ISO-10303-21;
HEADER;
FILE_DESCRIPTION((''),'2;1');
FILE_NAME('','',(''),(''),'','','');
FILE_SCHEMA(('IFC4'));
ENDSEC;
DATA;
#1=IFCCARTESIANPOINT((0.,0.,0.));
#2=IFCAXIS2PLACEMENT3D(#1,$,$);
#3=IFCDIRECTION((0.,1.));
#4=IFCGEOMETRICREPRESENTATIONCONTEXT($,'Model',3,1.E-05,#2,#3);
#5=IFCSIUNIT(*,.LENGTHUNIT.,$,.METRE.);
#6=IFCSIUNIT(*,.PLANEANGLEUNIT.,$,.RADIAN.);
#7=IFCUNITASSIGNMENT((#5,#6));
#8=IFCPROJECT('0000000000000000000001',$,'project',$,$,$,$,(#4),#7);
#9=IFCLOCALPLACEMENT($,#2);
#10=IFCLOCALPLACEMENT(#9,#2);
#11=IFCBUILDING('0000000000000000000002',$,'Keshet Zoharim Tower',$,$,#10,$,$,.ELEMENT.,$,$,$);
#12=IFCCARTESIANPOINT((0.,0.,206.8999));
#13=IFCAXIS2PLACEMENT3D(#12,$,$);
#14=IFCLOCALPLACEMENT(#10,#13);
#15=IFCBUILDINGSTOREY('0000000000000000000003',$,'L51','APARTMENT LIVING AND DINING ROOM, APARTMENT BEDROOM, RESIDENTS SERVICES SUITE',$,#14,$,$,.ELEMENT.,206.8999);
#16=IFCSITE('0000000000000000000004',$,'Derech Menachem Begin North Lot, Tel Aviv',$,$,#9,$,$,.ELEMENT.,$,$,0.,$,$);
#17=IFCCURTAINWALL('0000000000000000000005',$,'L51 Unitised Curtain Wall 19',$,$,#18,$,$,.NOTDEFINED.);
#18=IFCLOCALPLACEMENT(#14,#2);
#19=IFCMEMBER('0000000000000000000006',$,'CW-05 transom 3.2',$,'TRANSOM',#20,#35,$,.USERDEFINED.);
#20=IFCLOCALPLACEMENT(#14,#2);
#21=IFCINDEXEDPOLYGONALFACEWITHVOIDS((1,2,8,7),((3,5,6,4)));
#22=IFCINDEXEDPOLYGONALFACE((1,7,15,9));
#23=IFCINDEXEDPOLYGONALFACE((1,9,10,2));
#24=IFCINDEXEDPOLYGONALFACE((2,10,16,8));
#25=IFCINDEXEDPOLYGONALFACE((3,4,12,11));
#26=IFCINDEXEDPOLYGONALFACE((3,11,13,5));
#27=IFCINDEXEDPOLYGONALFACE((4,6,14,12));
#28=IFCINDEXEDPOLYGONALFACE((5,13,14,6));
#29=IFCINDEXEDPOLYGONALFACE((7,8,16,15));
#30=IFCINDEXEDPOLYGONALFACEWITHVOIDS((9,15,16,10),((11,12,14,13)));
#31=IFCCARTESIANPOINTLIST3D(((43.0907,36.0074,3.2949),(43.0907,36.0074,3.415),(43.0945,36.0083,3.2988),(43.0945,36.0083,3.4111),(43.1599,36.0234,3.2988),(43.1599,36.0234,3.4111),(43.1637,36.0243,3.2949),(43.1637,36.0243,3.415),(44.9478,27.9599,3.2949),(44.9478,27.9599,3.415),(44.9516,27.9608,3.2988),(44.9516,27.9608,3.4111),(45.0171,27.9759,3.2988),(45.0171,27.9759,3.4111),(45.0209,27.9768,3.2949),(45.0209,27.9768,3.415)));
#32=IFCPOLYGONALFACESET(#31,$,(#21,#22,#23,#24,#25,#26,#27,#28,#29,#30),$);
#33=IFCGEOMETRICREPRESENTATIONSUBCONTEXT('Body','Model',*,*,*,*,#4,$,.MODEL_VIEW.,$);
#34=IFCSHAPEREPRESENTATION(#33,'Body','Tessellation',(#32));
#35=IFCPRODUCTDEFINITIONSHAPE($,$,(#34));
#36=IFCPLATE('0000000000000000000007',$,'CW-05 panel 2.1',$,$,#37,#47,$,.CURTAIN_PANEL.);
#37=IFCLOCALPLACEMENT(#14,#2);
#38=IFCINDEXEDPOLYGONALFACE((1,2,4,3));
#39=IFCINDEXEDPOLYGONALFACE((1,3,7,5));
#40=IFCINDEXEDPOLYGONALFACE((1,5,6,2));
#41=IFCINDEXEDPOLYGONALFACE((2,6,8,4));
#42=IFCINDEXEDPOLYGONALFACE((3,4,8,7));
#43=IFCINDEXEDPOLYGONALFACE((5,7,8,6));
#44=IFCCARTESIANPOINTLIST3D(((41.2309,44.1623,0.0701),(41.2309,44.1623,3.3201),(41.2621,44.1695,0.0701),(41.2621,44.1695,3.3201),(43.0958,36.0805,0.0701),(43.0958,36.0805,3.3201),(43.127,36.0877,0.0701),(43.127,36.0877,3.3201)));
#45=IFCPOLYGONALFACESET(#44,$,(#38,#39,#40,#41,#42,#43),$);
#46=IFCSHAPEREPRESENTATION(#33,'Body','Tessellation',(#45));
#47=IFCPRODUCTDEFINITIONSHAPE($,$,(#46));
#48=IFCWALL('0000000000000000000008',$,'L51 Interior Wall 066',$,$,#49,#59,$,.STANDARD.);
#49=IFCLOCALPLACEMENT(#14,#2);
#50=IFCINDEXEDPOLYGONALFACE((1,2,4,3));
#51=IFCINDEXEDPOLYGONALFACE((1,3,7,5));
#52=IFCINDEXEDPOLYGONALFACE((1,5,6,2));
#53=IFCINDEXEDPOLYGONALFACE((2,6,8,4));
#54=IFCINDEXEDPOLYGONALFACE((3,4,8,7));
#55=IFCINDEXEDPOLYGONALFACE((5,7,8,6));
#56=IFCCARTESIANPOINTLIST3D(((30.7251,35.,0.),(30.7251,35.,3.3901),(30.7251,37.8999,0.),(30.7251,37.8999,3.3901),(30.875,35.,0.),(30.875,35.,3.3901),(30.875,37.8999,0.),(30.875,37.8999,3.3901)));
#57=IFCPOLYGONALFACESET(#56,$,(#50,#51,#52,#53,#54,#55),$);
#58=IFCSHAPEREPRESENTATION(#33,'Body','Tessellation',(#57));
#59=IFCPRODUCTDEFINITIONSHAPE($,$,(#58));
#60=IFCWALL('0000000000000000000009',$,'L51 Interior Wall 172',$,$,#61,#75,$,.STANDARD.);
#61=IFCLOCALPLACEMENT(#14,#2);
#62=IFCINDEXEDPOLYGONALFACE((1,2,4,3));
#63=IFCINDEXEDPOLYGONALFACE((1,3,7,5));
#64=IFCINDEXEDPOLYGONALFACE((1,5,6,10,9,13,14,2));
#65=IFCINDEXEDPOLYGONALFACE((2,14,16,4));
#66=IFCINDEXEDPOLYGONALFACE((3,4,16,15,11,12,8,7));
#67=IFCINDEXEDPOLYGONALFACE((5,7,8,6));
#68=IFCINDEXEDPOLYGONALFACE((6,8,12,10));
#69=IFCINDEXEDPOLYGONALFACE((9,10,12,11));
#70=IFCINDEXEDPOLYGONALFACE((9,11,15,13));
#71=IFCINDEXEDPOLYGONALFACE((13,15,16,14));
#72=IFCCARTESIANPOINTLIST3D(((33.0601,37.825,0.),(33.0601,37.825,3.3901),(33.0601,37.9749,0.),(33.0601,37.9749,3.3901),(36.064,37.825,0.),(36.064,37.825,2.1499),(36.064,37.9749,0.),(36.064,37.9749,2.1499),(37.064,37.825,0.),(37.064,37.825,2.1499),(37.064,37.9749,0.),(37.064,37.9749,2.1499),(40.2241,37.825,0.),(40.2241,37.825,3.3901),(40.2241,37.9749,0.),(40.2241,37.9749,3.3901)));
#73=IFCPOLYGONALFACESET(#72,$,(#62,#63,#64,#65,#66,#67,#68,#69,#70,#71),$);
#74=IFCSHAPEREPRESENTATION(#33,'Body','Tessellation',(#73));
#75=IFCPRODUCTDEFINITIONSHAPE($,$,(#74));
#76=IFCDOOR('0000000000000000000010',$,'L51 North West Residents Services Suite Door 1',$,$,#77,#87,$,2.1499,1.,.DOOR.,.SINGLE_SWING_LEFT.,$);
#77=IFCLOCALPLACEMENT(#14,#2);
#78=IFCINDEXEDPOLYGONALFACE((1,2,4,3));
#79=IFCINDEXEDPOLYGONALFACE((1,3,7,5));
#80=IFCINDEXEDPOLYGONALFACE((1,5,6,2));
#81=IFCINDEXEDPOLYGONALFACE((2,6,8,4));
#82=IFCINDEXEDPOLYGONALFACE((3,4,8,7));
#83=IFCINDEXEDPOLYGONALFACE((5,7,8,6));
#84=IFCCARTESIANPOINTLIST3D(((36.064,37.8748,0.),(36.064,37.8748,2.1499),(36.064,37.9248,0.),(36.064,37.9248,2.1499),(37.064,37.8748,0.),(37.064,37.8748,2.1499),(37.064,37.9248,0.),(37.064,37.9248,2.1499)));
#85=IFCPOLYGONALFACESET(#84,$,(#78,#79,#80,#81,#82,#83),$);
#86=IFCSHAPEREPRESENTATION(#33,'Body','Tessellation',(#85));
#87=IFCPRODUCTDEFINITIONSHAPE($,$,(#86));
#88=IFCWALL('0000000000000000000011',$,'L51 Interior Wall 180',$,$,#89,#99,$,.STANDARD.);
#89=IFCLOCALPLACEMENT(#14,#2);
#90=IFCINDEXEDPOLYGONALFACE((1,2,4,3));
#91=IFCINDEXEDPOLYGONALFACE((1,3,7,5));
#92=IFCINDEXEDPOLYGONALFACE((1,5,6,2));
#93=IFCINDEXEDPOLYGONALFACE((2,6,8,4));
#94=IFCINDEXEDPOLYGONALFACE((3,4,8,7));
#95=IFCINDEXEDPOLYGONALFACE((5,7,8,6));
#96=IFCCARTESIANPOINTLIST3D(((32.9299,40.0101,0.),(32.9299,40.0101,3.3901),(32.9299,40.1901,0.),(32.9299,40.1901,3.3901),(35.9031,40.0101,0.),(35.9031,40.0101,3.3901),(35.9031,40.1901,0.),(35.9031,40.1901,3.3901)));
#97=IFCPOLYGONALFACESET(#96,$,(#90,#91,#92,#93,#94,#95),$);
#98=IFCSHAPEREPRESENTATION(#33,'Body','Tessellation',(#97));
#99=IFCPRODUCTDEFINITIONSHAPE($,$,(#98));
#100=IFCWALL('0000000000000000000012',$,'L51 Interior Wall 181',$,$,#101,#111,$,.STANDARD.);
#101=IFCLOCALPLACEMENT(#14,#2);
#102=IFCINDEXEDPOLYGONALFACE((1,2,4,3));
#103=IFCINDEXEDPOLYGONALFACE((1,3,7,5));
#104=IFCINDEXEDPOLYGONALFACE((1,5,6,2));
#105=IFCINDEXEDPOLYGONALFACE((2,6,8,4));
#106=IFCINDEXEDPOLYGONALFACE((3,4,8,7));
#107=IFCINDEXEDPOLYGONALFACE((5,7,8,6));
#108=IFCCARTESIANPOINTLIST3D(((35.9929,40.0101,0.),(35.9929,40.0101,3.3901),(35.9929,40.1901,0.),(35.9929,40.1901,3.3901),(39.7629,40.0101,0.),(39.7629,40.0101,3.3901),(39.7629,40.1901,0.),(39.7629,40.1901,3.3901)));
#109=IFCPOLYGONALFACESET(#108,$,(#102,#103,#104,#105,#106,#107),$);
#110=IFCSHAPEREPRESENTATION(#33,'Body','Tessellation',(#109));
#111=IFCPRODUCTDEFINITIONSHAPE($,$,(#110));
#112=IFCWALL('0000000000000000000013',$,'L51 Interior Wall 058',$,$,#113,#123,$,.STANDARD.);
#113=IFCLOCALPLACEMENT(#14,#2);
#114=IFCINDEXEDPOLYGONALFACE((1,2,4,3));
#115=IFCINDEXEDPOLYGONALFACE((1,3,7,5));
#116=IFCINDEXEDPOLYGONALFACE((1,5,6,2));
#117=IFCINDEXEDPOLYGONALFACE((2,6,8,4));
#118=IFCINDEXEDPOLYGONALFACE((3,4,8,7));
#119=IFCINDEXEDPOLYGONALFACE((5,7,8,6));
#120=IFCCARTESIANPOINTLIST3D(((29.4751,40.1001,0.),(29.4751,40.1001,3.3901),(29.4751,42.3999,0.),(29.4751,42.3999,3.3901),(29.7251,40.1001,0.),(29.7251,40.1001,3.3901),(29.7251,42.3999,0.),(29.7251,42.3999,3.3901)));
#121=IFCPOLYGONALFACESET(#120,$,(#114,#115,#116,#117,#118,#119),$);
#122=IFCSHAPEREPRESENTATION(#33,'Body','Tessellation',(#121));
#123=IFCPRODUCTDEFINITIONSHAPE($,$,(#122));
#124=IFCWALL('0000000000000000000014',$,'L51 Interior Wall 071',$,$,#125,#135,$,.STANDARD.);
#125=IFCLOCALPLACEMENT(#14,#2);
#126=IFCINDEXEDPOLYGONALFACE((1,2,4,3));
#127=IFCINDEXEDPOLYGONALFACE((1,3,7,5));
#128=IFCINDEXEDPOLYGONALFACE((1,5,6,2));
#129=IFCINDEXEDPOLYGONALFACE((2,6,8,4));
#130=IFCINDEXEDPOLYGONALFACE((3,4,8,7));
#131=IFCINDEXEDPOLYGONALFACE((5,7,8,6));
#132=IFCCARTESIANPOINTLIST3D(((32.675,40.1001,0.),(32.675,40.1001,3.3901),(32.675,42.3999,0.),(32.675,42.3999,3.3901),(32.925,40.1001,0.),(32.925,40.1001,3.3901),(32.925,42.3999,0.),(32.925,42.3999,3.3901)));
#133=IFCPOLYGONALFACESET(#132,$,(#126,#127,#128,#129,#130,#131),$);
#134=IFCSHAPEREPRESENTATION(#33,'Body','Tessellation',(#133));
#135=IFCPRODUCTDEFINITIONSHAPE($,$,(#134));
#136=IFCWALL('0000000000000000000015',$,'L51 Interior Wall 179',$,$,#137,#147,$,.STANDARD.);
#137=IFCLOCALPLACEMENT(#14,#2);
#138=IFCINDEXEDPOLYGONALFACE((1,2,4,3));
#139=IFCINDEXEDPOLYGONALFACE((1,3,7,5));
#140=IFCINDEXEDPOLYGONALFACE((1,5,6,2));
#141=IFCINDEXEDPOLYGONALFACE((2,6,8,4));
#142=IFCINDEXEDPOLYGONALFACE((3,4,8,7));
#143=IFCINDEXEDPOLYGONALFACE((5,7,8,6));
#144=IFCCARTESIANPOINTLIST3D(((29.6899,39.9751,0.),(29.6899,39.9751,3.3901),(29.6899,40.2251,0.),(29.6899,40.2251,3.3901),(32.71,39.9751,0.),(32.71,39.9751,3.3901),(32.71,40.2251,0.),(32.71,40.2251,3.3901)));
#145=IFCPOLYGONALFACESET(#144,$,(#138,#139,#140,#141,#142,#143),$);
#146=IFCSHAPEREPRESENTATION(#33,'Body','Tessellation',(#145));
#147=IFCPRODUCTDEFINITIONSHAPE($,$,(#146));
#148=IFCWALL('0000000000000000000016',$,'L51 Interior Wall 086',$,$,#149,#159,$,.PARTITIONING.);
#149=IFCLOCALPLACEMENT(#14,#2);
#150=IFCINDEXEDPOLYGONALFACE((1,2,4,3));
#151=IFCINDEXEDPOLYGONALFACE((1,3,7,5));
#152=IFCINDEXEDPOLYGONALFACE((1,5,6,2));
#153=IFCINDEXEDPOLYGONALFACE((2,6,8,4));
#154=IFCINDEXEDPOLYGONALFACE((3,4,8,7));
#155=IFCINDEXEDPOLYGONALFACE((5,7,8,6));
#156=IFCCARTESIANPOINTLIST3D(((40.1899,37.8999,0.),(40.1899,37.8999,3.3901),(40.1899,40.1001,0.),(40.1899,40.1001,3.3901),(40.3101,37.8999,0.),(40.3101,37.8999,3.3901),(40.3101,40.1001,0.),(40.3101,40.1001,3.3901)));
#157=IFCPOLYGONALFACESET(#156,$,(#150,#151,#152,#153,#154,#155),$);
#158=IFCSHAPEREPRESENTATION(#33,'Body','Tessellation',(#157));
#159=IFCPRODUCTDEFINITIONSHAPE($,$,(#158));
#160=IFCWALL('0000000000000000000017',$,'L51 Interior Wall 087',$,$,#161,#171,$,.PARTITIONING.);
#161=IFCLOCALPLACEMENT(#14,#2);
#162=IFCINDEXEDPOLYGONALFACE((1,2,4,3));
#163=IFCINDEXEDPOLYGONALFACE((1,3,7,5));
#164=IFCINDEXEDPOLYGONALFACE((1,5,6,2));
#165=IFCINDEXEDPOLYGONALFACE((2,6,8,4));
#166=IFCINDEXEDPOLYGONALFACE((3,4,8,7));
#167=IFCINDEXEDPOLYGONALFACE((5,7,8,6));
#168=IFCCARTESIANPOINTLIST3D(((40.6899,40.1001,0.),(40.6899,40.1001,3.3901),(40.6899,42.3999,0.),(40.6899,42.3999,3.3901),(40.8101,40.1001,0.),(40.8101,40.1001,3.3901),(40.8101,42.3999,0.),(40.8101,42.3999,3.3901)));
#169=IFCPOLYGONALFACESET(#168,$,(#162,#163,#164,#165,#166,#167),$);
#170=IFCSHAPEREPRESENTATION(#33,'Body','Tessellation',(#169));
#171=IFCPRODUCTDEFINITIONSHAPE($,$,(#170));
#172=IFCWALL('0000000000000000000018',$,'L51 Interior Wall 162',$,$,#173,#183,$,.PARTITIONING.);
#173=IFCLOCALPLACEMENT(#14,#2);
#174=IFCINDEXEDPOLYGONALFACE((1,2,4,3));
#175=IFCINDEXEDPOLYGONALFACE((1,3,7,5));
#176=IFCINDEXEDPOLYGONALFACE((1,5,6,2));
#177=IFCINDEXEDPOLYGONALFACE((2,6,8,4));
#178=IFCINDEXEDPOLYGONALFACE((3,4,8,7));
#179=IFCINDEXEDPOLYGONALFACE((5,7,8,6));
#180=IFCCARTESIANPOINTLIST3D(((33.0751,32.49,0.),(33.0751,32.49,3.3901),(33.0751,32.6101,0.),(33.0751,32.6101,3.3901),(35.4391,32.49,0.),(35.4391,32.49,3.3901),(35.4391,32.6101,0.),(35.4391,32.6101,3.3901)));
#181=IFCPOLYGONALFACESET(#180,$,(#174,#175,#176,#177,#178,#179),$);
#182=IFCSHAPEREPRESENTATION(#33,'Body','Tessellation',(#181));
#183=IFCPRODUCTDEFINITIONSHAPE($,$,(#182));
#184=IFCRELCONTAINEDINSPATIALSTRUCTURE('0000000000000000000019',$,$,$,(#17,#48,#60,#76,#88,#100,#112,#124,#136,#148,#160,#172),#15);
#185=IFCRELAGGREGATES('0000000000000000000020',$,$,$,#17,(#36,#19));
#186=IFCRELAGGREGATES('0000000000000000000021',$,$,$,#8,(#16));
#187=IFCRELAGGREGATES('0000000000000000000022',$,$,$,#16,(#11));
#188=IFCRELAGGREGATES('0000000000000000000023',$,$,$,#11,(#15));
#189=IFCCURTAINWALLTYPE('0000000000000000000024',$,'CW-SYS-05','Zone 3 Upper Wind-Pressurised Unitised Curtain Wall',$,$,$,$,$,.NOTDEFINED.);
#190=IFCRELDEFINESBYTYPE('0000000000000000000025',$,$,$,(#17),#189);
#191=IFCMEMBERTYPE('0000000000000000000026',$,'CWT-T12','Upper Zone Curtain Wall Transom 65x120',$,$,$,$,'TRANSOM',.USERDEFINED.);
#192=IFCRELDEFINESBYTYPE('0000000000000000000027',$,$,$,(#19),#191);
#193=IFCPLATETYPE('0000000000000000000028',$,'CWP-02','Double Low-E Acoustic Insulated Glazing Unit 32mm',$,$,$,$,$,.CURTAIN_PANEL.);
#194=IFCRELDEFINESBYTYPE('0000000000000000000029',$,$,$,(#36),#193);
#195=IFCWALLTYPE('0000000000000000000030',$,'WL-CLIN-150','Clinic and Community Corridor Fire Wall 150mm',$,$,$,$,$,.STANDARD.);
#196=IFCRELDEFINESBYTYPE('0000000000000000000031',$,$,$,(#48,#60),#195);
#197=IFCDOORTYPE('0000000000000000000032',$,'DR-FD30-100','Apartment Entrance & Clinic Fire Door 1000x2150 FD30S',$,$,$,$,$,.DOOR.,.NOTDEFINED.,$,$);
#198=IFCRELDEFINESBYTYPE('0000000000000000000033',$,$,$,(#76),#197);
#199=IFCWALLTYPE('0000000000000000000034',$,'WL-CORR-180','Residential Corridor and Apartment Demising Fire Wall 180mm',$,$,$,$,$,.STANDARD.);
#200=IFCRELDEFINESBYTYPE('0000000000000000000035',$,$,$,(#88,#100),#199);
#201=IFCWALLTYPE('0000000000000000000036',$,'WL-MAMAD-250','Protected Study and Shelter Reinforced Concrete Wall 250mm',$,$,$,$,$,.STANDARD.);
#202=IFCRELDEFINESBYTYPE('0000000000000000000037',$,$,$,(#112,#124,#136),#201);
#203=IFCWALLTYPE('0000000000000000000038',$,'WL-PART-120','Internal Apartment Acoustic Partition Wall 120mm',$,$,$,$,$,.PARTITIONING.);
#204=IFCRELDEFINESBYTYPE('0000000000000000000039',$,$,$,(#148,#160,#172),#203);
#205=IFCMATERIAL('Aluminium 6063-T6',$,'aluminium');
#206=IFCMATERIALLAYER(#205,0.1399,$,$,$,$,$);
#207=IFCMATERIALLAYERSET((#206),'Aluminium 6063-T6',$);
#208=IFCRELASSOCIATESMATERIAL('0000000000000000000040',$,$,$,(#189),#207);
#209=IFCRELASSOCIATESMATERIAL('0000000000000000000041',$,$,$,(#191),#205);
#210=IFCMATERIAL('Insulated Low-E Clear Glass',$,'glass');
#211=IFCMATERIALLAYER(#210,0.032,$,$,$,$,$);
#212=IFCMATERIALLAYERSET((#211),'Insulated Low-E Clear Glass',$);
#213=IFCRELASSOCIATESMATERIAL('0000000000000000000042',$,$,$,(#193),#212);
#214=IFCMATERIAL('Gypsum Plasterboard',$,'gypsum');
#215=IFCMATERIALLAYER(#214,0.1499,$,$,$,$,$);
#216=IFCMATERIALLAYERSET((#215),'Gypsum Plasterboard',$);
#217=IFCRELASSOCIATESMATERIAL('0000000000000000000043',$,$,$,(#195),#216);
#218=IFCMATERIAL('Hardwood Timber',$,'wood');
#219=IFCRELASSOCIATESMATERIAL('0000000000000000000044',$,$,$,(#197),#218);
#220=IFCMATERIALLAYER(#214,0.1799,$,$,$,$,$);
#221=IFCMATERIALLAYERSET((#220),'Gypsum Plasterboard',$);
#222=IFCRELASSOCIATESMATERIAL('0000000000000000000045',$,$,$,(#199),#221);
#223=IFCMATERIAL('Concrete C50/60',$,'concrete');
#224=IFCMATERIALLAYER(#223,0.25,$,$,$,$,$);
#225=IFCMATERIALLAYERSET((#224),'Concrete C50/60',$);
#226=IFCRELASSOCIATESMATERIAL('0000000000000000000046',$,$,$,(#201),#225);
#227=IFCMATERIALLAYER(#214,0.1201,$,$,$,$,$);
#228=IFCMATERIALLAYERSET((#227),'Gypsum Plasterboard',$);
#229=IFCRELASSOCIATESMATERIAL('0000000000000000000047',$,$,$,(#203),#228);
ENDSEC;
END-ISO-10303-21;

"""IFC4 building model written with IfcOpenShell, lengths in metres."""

from ifc_helpers import new_model, si_unit, direction, frame, frame_2d, origin, origin_2d, place, context, subcontext, project, spatial, rectangle, hollow_rectangle, extrude, material, layer, layer_set, material_profile, profile_set, type_object, element, fill, aggregate, save


model = new_model("IFC4")

# Units and contexts
model_context = context("Model", 3, precision=1e-05, world=origin(), true_north=direction((0.0, 1.0)))
body_context = subcontext(model_context, "Body", "Model", "MODEL_VIEW")
ifc_project = project(units=[si_unit("LENGTHUNIT", "METRE"), si_unit("PLANEANGLEUNIT", "RADIAN")], contexts=[model_context])

# Site, building, storey
site_placement = place(None, origin())
site = spatial("IfcSite", under=ifc_project, at=site_placement, Name="Derech Menachem Begin North Lot, Tel Aviv", CompositionType="ELEMENT", RefElevation=0.0)
building_placement = place(site_placement, origin())
building = spatial("IfcBuilding", under=site, at=building_placement, Name="Keshet Zoharim Tower", CompositionType="ELEMENT")
storey_placement = place(building_placement, frame((0.0, 0.0, 206.8999)))
storey = spatial("IfcBuildingStorey", under=building, at=storey_placement, Name="L51", Description="APARTMENT LIVING AND DINING ROOM, APARTMENT BEDROOM, RESIDENTS SERVICES SUITE", CompositionType="ELEMENT", Elevation=206.8999)

# Shared definitions
ifc_material_1 = material(Name="Concrete C50/60", Category="concrete")

# Curtain wall, member, plate
ifc_material_2 = material(Name="Aluminium 6063-T6", Category="aluminium")
ifc_layer_1 = layer(ifc_material_2, 0.1399)
ifc_layer_set_1 = layer_set([ifc_layer_1], Name="Aluminium 6063-T6")
curtain_wall_type = type_object("IfcCurtainWallType", Name="CW-SYS-05", Description="Zone 3 Upper Wind-Pressurised Unitised Curtain Wall", PredefinedType="NOTDEFINED", material=ifc_layer_set_1)
curtain_wall_placement = place(storey_placement, origin())
curtain_wall = element("IfcCurtainWall", 1, at=curtain_wall_placement, inside=storey, type_object=curtain_wall_type, Name="L51 Unitised Curtain Wall 19", PredefinedType="NOTDEFINED")
ifc_material_profile_1 = material_profile(ifc_material_2, hollow_rectangle(XDim=0.075, YDim=0.1201, WallThickness=0.0039, at=origin_2d()), Name="TRN-75x120")
ifc_profile_set_1 = profile_set([ifc_material_profile_1], Name="Aluminium 6063-T6")
member_type_1 = type_object("IfcMemberType", Name="CWT-T12", Description="Upper Zone Curtain Wall Transom 65x120", ElementType="TRANSOM", PredefinedType="USERDEFINED", material=ifc_profile_set_1)
member_1_placement = place(storey_placement, frame((43.1272, 36.0159, 3.355), z_axis=(0.224864, -0.97439, 0.0), x_axis=(0.97439, 0.224864, 0.0)))
member_1 = element("IfcMember", 2, at=member_1_placement, type_object=member_type_1, Name="CW-05 transom 3.2", ObjectType="TRANSOM", PredefinedType="USERDEFINED", context=body_context, shape_type="SweptSolid", body=[
    extrude(hollow_rectangle(XDim=0.075, YDim=0.1201, WallThickness=0.0039, at=origin_2d()), origin(), (0.0, 0.0, 1.0), 8.259),
])
ifc_material_3 = material(Name="Insulated Low-E Clear Glass", Category="glass")
ifc_layer_2 = layer(ifc_material_3, 0.032)
ifc_layer_set_2 = layer_set([ifc_layer_2], Name="Insulated Low-E Clear Glass")
plate_type = type_object("IfcPlateType", Name="CWP-02", Description="Double Low-E Acoustic Insulated Glazing Unit 32mm", PredefinedType="CURTAIN_PANEL", material=ifc_layer_set_2)
plate_placement = place(storey_placement, frame((42.179, 40.125, 0.0701), z_axis=(0.0, 0.0, 1.0), x_axis=(0.224848, -0.974394, 0.0)))
plate = element("IfcPlate", 3, at=plate_placement, type_object=plate_type, Name="CW-05 panel 2.1", PredefinedType="CURTAIN_PANEL", context=body_context, shape_type="SweptSolid", body=[
    extrude(rectangle(XDim=8.2942, YDim=0.032, at=origin_2d()), origin(), (0.0, 0.0, 1.0), 3.25),
])
aggregate(curtain_wall, [plate, member_1])

# Wall
ifc_material_4 = material(Name="Gypsum Plasterboard", Category="gypsum")
ifc_layer_3 = layer(ifc_material_4, 0.1499)
ifc_layer_set_3 = layer_set([ifc_layer_3], Name="Gypsum Plasterboard")
wall_type_1 = type_object("IfcWallType", Name="WL-CLIN-150", Description="Clinic and Community Corridor Fire Wall 150mm", PredefinedType="STANDARD", material=ifc_layer_set_3)
wall_1_placement = place(storey_placement, frame((30.8, 35.0, 0.0), z_axis=(0.0, 0.0, 1.0), x_axis=(0.0, 1.0, 0.0)))
element("IfcWall", 4, at=wall_1_placement, inside=storey, type_object=wall_type_1, Name="L51 Interior Wall 066", PredefinedType="STANDARD", context=body_context, shape_type="SweptSolid", body=[
    extrude(rectangle(XDim=2.8999, YDim=0.1499, at=frame_2d((1.45, 0.0))), origin(), (0.0, 0.0, 1.0), 3.3901),
])

# Wall, opening, door
wall_2_placement = place(storey_placement, frame((33.0601, 37.8999, 0.0), z_axis=(0.0, 0.0, 1.0), x_axis=(1.0, 0.0, 0.0)))
wall_2 = element("IfcWall", 5, at=wall_2_placement, inside=storey, type_object=wall_type_1, Name="L51 Interior Wall 172", PredefinedType="STANDARD", context=body_context, shape_type="SweptSolid", body=[
    extrude(rectangle(XDim=7.1641, YDim=0.1499, at=frame_2d((3.582, 0.0))), origin(), (0.0, 0.0, 1.0), 3.3901),
])
opening_1_placement = place(wall_2_placement, frame((3.0039, 0.0, 0.0)))
opening_1 = element("IfcOpeningElement", 6, at=opening_1_placement, cuts=wall_2, PredefinedType="OPENING", context=body_context, shape_type="SweptSolid", body=[
    extrude(rectangle(XDim=1.0, YDim=2.1499, at=frame_2d((0.5, 1.075))), frame((0.0, 0.085, 0.0), z_axis=(0.0, -1.0, 0.0), x_axis=(1.0, 0.0, 0.0)), (0.0, 0.0, 1.0), 0.1699),
])
ifc_material_5 = material(Name="Hardwood Timber", Category="wood")
door_type_1 = type_object("IfcDoorType", Name="DR-FD30-100", Description="Apartment Entrance & Clinic Fire Door 1000x2150 FD30S", OperationType="NOTDEFINED", PredefinedType="DOOR", material=ifc_material_5)
door_1_placement = place(opening_1_placement, origin())
door_1 = element("IfcDoor", 7, at=door_1_placement, inside=storey, type_object=door_type_1, Name="L51 North West Residents Services Suite Door 1", OperationType="SINGLE_SWING_LEFT", OverallHeight=2.1499, OverallWidth=1.0, PredefinedType="DOOR", context=body_context, shape_type="SweptSolid", body=[
    extrude(rectangle(XDim=1.0, YDim=2.1499, at=frame_2d((0.5, 1.075))), frame((0.0, 0.0249, 0.0), z_axis=(0.0, -1.0, 0.0), x_axis=(1.0, 0.0, 0.0)), (0.0, 0.0, 1.0), 0.05),
])
fill(opening_1, door_1)

# Walls
ifc_layer_4 = layer(ifc_material_4, 0.1799)
ifc_layer_set_4 = layer_set([ifc_layer_4], Name="Gypsum Plasterboard")
wall_type_2 = type_object("IfcWallType", Name="WL-CORR-180", Description="Residential Corridor and Apartment Demising Fire Wall 180mm", PredefinedType="STANDARD", material=ifc_layer_set_4)
wall_3_placement = place(storey_placement, frame((32.9299, 40.1001, 0.0), z_axis=(0.0, 0.0, 1.0), x_axis=(1.0, 0.0, 0.0)))
element("IfcWall", 8, at=wall_3_placement, inside=storey, type_object=wall_type_2, Name="L51 Interior Wall 180", PredefinedType="STANDARD", context=body_context, shape_type="SweptSolid", body=[
    extrude(rectangle(XDim=2.9731, YDim=0.1799, at=frame_2d((1.4866, 0.0))), origin(), (0.0, 0.0, 1.0), 3.3901),
])
wall_4_placement = place(storey_placement, frame((35.9929, 40.1001, 0.0), z_axis=(0.0, 0.0, 1.0), x_axis=(1.0, 0.0, 0.0)))
element("IfcWall", 9, at=wall_4_placement, inside=storey, type_object=wall_type_2, Name="L51 Interior Wall 181", PredefinedType="STANDARD", context=body_context, shape_type="SweptSolid", body=[
    extrude(rectangle(XDim=3.77, YDim=0.1799, at=frame_2d((1.885, 0.0))), origin(), (0.0, 0.0, 1.0), 3.3901),
])
ifc_layer_5 = layer(ifc_material_1, 0.25)
ifc_layer_set_5 = layer_set([ifc_layer_5], Name="Concrete C50/60")
wall_type_3 = type_object("IfcWallType", Name="WL-MAMAD-250", Description="Protected Study and Shelter Reinforced Concrete Wall 250mm", PredefinedType="STANDARD", material=ifc_layer_set_5)
for number, where, z_axis, x_axis, name in (
    (10, (29.6001, 40.1001, 0.0), (0.0, 0.0, 1.0), (0.0, 1.0, 0.0), "L51 Interior Wall 058"),
    (11, (32.8, 40.1001, 0.0), (0.0, 0.0, 1.0), (0.0, 1.0, 0.0), "L51 Interior Wall 071"),
):
    element("IfcWall", number, at=place(storey_placement, frame(where, z_axis=z_axis, x_axis=x_axis)), inside=storey, type_object=wall_type_3, Name=name, PredefinedType="STANDARD", context=body_context, shape_type="SweptSolid", body=[
        extrude(rectangle(XDim=2.2998, YDim=0.25, at=frame_2d((1.1499, 0.0))), origin(), (0.0, 0.0, 1.0), 3.3901),
    ])
wall_5_placement = place(storey_placement, frame((29.6899, 40.1001, 0.0), z_axis=(0.0, 0.0, 1.0), x_axis=(1.0, 0.0, 0.0)))
element("IfcWall", 12, at=wall_5_placement, inside=storey, type_object=wall_type_3, Name="L51 Interior Wall 179", PredefinedType="STANDARD", context=body_context, shape_type="SweptSolid", body=[
    extrude(rectangle(XDim=3.02, YDim=0.25, at=frame_2d((1.51, 0.0))), origin(), (0.0, 0.0, 1.0), 3.3901),
])

# Walls
ifc_layer_6 = layer(ifc_material_4, 0.1201)
ifc_layer_set_6 = layer_set([ifc_layer_6], Name="Gypsum Plasterboard")
wall_type_4 = type_object("IfcWallType", Name="WL-PART-120", Description="Internal Apartment Acoustic Partition Wall 120mm", PredefinedType="PARTITIONING", material=ifc_layer_set_6)
wall_6_placement = place(storey_placement, frame((40.25, 37.8999, 0.0), z_axis=(0.0, 0.0, 1.0), x_axis=(0.0, 1.0, 0.0)))
element("IfcWall", 13, at=wall_6_placement, inside=storey, type_object=wall_type_4, Name="L51 Interior Wall 086", PredefinedType="PARTITIONING", context=body_context, shape_type="SweptSolid", body=[
    extrude(rectangle(XDim=2.2002, YDim=0.1201, at=frame_2d((1.1001, 0.0))), origin(), (0.0, 0.0, 1.0), 3.3901),
])
wall_7_placement = place(storey_placement, frame((40.75, 40.1001, 0.0), z_axis=(0.0, 0.0, 1.0), x_axis=(0.0, 1.0, 0.0)))
element("IfcWall", 14, at=wall_7_placement, inside=storey, type_object=wall_type_4, Name="L51 Interior Wall 087", PredefinedType="PARTITIONING", context=body_context, shape_type="SweptSolid", body=[
    extrude(rectangle(XDim=2.2998, YDim=0.1201, at=frame_2d((1.1499, 0.0))), origin(), (0.0, 0.0, 1.0), 3.3901),
])
wall_8_placement = place(storey_placement, frame((33.075, 32.55, 0.0), z_axis=(0.0, 0.0, 1.0), x_axis=(1.0, 0.0, 0.0)))
element("IfcWall", 15, at=wall_8_placement, inside=storey, type_object=wall_type_4, Name="L51 Interior Wall 162", PredefinedType="PARTITIONING", context=body_context, shape_type="SweptSolid", body=[
    extrude(rectangle(XDim=2.364, YDim=0.1201, at=frame_2d((1.1821, 0.0))), origin(), (0.0, 0.0, 1.0), 3.3901),
])

save(model, "model.ifc")
